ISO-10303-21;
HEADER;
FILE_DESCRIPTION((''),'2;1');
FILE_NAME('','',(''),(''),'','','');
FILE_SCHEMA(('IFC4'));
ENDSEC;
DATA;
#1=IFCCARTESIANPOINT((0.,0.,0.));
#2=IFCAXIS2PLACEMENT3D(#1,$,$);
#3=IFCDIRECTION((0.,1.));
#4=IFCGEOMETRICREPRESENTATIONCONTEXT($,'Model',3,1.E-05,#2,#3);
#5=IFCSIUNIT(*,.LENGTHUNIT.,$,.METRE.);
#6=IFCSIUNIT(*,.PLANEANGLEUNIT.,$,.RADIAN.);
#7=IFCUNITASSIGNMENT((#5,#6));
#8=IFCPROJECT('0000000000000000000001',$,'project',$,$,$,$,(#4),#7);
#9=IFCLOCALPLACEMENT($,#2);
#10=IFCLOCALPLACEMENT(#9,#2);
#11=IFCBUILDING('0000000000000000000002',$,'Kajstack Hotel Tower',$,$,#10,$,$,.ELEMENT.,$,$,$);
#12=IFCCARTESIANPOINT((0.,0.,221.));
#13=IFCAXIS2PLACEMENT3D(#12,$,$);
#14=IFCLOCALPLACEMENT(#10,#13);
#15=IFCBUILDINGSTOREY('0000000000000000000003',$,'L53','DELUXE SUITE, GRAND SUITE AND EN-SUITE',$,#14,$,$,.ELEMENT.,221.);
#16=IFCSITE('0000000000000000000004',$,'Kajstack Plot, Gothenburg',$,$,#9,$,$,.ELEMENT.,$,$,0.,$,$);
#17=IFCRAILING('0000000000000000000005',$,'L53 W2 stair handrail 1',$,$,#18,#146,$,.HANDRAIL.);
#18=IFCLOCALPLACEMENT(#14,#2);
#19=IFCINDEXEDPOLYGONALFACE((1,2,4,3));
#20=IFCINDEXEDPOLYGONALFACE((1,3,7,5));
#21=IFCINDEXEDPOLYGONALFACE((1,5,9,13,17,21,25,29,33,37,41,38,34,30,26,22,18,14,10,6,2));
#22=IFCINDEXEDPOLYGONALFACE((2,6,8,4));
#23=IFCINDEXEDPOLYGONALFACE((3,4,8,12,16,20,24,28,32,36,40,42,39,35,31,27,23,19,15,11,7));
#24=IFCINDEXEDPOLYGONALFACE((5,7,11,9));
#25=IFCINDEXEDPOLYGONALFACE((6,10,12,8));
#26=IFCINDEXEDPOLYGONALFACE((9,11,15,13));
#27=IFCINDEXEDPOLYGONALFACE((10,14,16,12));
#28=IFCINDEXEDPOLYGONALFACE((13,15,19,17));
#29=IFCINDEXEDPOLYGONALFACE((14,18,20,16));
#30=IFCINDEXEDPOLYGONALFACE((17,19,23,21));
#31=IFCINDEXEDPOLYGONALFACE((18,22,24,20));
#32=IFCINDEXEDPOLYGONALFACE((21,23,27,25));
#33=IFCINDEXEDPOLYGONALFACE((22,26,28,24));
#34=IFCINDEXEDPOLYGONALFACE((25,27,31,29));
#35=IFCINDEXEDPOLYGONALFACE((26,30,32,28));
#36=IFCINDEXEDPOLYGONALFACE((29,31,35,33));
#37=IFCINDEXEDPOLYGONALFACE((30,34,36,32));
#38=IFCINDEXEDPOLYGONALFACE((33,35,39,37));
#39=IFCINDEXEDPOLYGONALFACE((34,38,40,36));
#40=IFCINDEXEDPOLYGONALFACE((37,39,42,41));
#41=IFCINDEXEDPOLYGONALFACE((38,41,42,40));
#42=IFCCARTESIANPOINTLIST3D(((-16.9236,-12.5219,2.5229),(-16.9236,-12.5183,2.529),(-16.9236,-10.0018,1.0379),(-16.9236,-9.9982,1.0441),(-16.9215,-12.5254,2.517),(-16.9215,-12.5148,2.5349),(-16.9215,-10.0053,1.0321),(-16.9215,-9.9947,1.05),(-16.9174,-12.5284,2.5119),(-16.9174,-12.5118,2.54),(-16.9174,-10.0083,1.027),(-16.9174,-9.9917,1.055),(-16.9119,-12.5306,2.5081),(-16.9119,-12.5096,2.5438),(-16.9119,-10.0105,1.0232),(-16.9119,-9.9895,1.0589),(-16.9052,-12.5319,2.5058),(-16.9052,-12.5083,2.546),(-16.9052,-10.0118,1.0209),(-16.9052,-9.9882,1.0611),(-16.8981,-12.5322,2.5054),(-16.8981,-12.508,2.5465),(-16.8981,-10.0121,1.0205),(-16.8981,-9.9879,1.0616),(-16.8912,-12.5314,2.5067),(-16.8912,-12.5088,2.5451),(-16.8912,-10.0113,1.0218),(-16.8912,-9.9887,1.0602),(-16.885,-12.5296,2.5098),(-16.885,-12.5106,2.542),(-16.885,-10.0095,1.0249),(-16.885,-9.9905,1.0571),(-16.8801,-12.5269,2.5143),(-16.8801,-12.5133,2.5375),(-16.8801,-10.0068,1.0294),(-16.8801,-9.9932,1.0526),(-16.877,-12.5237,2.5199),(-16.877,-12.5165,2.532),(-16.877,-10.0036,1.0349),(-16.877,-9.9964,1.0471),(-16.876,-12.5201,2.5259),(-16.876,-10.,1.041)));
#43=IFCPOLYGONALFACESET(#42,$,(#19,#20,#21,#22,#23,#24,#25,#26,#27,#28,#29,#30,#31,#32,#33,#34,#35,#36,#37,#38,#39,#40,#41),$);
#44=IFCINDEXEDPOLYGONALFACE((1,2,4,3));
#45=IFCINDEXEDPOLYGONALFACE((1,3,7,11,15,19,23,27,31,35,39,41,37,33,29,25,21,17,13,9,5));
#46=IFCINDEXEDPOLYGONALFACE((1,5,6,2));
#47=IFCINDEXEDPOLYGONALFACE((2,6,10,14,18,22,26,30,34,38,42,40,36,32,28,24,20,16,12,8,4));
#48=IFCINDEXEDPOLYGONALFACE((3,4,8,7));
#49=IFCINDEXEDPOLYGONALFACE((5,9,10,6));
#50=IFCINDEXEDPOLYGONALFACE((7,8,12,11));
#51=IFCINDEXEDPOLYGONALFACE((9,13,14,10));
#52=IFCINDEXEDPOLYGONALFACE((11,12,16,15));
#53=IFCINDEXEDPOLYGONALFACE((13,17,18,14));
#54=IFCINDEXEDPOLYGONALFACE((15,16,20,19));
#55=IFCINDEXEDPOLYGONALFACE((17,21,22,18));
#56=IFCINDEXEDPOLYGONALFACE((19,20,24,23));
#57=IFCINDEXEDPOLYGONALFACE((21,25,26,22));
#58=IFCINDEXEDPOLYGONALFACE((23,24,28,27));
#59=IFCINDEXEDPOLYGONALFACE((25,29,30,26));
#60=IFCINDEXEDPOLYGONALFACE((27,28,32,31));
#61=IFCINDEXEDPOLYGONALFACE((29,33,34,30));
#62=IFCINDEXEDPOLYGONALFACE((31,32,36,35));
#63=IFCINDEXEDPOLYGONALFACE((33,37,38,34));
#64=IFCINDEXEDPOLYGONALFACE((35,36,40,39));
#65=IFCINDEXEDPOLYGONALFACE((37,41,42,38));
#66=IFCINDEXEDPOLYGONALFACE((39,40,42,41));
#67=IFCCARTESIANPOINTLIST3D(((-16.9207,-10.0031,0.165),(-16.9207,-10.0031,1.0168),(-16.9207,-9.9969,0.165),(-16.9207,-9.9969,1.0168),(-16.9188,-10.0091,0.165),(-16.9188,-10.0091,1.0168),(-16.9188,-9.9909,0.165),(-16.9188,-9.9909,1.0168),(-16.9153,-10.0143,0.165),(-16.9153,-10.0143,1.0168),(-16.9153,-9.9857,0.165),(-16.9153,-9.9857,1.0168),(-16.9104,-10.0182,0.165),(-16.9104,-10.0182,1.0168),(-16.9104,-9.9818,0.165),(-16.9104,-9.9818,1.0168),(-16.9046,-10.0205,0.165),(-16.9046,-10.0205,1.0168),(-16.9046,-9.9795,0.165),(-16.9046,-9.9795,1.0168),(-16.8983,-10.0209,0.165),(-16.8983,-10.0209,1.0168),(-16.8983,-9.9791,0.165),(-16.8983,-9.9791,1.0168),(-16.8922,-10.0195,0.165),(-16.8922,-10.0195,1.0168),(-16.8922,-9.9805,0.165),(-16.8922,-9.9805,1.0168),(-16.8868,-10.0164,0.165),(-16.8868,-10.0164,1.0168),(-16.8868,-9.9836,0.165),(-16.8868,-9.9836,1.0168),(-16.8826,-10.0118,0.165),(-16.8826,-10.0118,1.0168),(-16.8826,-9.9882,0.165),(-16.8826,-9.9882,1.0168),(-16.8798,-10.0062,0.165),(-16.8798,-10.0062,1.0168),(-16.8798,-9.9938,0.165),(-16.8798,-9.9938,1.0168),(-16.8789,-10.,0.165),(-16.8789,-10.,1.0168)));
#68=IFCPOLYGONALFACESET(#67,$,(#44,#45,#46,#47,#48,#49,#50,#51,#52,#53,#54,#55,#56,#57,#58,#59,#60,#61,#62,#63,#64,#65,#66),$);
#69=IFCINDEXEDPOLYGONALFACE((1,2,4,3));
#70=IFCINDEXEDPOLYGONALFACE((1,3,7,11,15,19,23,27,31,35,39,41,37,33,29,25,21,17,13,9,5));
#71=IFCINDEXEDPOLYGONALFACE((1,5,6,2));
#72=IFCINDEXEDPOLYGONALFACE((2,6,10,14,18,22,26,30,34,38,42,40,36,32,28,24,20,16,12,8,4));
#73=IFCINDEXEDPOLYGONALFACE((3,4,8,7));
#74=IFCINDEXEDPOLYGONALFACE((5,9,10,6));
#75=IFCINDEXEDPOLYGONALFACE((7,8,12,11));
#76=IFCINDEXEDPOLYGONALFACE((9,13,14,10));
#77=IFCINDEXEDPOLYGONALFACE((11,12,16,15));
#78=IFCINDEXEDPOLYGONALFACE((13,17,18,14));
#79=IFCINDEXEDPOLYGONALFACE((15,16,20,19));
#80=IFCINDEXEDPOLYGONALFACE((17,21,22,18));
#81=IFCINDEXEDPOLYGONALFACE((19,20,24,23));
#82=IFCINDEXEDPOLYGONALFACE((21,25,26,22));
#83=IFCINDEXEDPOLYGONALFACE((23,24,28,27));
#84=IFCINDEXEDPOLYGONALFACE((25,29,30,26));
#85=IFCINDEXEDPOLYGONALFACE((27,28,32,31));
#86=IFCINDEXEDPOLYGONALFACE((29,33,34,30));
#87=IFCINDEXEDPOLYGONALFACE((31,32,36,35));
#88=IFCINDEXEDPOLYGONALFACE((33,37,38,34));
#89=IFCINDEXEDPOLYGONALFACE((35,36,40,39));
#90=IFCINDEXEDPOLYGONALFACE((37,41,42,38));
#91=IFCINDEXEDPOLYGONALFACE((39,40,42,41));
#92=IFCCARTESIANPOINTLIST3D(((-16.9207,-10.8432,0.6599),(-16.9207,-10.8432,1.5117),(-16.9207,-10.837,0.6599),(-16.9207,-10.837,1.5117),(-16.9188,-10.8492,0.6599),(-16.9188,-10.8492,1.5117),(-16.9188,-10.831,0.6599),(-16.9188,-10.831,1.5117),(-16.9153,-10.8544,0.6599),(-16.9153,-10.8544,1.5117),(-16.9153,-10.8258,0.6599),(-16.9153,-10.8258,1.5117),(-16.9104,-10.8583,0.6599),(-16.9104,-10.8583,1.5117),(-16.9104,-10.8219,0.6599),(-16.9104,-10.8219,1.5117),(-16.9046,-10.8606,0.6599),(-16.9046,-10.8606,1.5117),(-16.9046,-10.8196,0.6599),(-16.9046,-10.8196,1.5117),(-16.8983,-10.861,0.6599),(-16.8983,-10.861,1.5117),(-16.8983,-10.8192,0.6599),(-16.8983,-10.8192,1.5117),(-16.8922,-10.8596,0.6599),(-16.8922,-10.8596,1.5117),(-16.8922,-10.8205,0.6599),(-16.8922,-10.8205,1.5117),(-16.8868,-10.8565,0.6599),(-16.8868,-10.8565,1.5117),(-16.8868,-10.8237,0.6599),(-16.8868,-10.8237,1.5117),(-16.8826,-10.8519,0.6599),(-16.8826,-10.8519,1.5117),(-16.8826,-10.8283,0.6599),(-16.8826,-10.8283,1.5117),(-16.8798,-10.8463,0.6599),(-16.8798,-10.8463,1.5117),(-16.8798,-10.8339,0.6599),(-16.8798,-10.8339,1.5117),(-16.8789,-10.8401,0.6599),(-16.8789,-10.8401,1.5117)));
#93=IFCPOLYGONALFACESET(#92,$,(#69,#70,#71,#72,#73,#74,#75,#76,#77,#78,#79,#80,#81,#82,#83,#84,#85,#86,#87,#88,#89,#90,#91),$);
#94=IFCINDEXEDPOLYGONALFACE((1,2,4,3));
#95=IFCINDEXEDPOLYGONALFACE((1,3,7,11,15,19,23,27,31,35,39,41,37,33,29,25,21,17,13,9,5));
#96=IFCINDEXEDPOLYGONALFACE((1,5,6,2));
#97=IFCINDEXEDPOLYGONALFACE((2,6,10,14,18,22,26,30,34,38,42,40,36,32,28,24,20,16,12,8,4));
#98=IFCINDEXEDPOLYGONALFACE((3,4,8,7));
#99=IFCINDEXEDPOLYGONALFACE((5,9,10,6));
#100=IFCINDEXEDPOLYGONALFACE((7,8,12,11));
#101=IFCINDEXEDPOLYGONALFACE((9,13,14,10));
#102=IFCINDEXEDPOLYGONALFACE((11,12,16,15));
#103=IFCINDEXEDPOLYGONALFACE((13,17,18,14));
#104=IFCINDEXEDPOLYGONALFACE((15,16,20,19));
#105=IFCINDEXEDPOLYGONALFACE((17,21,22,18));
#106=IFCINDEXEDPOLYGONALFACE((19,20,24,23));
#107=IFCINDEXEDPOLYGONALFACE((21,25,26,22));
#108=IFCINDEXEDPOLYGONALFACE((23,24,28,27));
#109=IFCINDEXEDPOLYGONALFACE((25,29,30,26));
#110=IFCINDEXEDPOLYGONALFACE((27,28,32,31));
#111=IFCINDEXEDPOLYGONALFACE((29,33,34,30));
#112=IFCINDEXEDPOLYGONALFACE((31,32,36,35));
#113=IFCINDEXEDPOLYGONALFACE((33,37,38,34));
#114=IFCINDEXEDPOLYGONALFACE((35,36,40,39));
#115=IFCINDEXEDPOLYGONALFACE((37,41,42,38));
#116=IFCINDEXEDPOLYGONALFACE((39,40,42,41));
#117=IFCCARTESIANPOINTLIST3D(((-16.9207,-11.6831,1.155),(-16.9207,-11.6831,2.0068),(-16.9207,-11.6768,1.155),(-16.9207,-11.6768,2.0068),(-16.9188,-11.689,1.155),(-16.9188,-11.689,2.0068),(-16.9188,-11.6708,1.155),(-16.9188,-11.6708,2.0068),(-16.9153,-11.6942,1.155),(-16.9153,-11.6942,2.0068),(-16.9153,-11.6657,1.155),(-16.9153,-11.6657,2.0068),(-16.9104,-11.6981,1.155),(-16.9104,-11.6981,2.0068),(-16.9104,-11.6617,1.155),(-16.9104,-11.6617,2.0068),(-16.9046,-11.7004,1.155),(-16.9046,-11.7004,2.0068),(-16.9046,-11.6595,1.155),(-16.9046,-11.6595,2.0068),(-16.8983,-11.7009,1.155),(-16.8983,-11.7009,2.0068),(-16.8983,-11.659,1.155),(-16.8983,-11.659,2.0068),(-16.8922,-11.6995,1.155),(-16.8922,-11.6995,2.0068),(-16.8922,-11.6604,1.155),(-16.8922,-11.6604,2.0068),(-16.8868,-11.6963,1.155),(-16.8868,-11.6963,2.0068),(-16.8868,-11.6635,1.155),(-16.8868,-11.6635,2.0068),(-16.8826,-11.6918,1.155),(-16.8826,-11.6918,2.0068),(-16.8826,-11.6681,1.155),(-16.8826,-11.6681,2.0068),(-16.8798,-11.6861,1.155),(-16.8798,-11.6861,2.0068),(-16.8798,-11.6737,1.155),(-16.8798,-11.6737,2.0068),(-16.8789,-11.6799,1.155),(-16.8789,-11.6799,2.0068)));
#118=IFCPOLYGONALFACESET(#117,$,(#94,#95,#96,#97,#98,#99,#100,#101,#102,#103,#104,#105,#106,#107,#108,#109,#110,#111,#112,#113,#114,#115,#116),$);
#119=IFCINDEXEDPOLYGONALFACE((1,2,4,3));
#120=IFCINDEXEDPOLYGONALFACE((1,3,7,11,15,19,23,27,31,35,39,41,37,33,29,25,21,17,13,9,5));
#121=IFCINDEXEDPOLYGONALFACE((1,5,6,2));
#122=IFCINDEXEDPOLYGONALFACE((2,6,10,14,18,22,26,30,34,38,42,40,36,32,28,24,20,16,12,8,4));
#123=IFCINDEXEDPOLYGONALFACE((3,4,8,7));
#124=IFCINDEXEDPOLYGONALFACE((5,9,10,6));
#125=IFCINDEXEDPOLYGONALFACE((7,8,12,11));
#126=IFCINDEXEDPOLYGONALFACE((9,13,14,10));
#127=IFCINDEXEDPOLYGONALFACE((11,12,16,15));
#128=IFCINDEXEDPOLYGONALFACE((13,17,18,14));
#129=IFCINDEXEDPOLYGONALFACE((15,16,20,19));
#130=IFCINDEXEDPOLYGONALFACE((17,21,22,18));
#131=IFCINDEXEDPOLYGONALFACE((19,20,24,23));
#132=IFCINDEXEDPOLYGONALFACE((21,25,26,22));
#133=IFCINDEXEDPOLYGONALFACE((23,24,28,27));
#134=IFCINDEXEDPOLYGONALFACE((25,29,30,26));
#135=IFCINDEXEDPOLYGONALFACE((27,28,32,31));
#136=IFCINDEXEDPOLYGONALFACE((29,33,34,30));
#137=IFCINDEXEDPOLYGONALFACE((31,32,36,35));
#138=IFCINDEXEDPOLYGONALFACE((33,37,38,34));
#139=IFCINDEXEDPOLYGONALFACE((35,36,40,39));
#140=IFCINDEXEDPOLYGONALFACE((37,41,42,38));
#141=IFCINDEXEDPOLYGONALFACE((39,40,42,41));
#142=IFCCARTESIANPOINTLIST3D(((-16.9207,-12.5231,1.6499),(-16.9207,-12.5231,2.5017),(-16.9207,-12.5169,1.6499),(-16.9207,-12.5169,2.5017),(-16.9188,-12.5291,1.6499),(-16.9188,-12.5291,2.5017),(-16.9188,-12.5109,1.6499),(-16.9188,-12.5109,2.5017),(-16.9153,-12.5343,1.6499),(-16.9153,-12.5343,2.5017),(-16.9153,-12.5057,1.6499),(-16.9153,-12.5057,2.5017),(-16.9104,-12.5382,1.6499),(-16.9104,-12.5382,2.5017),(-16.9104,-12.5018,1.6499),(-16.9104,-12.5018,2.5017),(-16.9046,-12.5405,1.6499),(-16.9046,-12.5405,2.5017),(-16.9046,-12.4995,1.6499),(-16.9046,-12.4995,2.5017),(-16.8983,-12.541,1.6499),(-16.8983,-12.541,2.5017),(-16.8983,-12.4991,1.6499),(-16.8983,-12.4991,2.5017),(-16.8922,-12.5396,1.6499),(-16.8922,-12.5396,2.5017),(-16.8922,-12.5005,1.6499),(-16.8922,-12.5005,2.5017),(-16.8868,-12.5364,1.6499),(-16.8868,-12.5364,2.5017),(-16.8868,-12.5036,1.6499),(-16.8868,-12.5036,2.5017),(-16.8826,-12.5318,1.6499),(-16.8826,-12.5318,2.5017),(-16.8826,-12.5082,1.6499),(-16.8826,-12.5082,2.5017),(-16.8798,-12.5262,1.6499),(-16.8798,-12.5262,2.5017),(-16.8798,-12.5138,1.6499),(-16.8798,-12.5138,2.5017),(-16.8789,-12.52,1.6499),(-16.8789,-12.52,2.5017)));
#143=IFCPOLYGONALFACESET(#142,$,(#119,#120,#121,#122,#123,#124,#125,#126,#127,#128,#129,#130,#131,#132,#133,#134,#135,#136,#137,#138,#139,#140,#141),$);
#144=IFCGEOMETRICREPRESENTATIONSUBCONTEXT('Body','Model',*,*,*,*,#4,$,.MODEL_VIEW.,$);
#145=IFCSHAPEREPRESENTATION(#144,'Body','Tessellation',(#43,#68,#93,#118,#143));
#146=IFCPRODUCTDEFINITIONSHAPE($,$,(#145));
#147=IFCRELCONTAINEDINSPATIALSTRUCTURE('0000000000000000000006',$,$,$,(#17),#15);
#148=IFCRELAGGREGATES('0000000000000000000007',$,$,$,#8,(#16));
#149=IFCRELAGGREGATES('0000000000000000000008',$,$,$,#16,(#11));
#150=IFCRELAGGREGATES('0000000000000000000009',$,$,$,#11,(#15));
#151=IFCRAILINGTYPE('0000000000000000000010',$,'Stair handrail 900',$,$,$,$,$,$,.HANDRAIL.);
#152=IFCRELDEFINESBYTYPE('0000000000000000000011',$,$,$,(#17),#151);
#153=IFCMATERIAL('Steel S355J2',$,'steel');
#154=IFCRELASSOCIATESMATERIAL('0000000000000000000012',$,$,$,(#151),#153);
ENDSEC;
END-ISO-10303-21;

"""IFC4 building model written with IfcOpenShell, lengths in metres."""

from ifc_helpers import new_model, si_unit, direction, frame, origin, origin_2d, place, context, subcontext, project, spatial, circle, extrude, material, type_object, element, save


model = new_model("IFC4")

# Units and contexts
model_context = context("Model", 3, precision=1e-05, world=origin(), true_north=direction((0.0, 1.0)))
body_context = subcontext(model_context, "Body", "Model", "MODEL_VIEW")
ifc_project = project(units=[si_unit("LENGTHUNIT", "METRE"), si_unit("PLANEANGLEUNIT", "RADIAN")], contexts=[model_context])

# Site, building, storey
site_placement = place(None, origin())
site = spatial("IfcSite", under=ifc_project, at=site_placement, Name="Kajstack Plot, Gothenburg", CompositionType="ELEMENT", RefElevation=0.0)
building_placement = place(site_placement, origin())
building = spatial("IfcBuilding", under=site, at=building_placement, Name="Kajstack Hotel Tower", CompositionType="ELEMENT")
storey_placement = place(building_placement, frame((0.0, 0.0, 221.0)))
storey = spatial("IfcBuildingStorey", under=building, at=storey_placement, Name="L53", Description="DELUXE SUITE, GRAND SUITE AND EN-SUITE", CompositionType="ELEMENT", Elevation=221.0)

# Railing
ifc_material_1 = material(Name="Steel S355J2", Category="steel")
railing_type_1 = type_object("IfcRailingType", Name="Stair handrail 900", PredefinedType="HANDRAIL", material=ifc_material_1)
railing_1_placement = place(storey_placement, frame((-16.8999, -10.0, 0.165)))
element("IfcRailing", 1, at=railing_1_placement, inside=storey, type_object=railing_type_1, Name="L53 W2 stair handrail 1", PredefinedType="HANDRAIL", context=body_context, shape_type="SweptSolid", body=[
    extrude(circle(Radius=0.0239, at=origin_2d()), frame((0.0, 0.0, 0.876), z_axis=(0.0, -0.861561, 0.507655), x_axis=(1.0, 0.0, 0.0)), (0.0, 0.0, 1.0), 2.925),
    extrude(circle(Radius=0.021, at=origin_2d()), origin(), (0.0, 0.0, 1.0), 0.8518),
    extrude(circle(Radius=0.021, at=origin_2d()), frame((0.0, -0.8401, 0.4949)), (0.0, 0.0, 1.0), 0.8518),
    extrude(circle(Radius=0.021, at=origin_2d()), frame((0.0, -1.6799, 0.99)), (0.0, 0.0, 1.0), 0.8518),
    extrude(circle(Radius=0.021, at=origin_2d()), frame((0.0, -2.52, 1.4849)), (0.0, 0.0, 1.0), 0.8518),
])

save(model, "model.ifc")
